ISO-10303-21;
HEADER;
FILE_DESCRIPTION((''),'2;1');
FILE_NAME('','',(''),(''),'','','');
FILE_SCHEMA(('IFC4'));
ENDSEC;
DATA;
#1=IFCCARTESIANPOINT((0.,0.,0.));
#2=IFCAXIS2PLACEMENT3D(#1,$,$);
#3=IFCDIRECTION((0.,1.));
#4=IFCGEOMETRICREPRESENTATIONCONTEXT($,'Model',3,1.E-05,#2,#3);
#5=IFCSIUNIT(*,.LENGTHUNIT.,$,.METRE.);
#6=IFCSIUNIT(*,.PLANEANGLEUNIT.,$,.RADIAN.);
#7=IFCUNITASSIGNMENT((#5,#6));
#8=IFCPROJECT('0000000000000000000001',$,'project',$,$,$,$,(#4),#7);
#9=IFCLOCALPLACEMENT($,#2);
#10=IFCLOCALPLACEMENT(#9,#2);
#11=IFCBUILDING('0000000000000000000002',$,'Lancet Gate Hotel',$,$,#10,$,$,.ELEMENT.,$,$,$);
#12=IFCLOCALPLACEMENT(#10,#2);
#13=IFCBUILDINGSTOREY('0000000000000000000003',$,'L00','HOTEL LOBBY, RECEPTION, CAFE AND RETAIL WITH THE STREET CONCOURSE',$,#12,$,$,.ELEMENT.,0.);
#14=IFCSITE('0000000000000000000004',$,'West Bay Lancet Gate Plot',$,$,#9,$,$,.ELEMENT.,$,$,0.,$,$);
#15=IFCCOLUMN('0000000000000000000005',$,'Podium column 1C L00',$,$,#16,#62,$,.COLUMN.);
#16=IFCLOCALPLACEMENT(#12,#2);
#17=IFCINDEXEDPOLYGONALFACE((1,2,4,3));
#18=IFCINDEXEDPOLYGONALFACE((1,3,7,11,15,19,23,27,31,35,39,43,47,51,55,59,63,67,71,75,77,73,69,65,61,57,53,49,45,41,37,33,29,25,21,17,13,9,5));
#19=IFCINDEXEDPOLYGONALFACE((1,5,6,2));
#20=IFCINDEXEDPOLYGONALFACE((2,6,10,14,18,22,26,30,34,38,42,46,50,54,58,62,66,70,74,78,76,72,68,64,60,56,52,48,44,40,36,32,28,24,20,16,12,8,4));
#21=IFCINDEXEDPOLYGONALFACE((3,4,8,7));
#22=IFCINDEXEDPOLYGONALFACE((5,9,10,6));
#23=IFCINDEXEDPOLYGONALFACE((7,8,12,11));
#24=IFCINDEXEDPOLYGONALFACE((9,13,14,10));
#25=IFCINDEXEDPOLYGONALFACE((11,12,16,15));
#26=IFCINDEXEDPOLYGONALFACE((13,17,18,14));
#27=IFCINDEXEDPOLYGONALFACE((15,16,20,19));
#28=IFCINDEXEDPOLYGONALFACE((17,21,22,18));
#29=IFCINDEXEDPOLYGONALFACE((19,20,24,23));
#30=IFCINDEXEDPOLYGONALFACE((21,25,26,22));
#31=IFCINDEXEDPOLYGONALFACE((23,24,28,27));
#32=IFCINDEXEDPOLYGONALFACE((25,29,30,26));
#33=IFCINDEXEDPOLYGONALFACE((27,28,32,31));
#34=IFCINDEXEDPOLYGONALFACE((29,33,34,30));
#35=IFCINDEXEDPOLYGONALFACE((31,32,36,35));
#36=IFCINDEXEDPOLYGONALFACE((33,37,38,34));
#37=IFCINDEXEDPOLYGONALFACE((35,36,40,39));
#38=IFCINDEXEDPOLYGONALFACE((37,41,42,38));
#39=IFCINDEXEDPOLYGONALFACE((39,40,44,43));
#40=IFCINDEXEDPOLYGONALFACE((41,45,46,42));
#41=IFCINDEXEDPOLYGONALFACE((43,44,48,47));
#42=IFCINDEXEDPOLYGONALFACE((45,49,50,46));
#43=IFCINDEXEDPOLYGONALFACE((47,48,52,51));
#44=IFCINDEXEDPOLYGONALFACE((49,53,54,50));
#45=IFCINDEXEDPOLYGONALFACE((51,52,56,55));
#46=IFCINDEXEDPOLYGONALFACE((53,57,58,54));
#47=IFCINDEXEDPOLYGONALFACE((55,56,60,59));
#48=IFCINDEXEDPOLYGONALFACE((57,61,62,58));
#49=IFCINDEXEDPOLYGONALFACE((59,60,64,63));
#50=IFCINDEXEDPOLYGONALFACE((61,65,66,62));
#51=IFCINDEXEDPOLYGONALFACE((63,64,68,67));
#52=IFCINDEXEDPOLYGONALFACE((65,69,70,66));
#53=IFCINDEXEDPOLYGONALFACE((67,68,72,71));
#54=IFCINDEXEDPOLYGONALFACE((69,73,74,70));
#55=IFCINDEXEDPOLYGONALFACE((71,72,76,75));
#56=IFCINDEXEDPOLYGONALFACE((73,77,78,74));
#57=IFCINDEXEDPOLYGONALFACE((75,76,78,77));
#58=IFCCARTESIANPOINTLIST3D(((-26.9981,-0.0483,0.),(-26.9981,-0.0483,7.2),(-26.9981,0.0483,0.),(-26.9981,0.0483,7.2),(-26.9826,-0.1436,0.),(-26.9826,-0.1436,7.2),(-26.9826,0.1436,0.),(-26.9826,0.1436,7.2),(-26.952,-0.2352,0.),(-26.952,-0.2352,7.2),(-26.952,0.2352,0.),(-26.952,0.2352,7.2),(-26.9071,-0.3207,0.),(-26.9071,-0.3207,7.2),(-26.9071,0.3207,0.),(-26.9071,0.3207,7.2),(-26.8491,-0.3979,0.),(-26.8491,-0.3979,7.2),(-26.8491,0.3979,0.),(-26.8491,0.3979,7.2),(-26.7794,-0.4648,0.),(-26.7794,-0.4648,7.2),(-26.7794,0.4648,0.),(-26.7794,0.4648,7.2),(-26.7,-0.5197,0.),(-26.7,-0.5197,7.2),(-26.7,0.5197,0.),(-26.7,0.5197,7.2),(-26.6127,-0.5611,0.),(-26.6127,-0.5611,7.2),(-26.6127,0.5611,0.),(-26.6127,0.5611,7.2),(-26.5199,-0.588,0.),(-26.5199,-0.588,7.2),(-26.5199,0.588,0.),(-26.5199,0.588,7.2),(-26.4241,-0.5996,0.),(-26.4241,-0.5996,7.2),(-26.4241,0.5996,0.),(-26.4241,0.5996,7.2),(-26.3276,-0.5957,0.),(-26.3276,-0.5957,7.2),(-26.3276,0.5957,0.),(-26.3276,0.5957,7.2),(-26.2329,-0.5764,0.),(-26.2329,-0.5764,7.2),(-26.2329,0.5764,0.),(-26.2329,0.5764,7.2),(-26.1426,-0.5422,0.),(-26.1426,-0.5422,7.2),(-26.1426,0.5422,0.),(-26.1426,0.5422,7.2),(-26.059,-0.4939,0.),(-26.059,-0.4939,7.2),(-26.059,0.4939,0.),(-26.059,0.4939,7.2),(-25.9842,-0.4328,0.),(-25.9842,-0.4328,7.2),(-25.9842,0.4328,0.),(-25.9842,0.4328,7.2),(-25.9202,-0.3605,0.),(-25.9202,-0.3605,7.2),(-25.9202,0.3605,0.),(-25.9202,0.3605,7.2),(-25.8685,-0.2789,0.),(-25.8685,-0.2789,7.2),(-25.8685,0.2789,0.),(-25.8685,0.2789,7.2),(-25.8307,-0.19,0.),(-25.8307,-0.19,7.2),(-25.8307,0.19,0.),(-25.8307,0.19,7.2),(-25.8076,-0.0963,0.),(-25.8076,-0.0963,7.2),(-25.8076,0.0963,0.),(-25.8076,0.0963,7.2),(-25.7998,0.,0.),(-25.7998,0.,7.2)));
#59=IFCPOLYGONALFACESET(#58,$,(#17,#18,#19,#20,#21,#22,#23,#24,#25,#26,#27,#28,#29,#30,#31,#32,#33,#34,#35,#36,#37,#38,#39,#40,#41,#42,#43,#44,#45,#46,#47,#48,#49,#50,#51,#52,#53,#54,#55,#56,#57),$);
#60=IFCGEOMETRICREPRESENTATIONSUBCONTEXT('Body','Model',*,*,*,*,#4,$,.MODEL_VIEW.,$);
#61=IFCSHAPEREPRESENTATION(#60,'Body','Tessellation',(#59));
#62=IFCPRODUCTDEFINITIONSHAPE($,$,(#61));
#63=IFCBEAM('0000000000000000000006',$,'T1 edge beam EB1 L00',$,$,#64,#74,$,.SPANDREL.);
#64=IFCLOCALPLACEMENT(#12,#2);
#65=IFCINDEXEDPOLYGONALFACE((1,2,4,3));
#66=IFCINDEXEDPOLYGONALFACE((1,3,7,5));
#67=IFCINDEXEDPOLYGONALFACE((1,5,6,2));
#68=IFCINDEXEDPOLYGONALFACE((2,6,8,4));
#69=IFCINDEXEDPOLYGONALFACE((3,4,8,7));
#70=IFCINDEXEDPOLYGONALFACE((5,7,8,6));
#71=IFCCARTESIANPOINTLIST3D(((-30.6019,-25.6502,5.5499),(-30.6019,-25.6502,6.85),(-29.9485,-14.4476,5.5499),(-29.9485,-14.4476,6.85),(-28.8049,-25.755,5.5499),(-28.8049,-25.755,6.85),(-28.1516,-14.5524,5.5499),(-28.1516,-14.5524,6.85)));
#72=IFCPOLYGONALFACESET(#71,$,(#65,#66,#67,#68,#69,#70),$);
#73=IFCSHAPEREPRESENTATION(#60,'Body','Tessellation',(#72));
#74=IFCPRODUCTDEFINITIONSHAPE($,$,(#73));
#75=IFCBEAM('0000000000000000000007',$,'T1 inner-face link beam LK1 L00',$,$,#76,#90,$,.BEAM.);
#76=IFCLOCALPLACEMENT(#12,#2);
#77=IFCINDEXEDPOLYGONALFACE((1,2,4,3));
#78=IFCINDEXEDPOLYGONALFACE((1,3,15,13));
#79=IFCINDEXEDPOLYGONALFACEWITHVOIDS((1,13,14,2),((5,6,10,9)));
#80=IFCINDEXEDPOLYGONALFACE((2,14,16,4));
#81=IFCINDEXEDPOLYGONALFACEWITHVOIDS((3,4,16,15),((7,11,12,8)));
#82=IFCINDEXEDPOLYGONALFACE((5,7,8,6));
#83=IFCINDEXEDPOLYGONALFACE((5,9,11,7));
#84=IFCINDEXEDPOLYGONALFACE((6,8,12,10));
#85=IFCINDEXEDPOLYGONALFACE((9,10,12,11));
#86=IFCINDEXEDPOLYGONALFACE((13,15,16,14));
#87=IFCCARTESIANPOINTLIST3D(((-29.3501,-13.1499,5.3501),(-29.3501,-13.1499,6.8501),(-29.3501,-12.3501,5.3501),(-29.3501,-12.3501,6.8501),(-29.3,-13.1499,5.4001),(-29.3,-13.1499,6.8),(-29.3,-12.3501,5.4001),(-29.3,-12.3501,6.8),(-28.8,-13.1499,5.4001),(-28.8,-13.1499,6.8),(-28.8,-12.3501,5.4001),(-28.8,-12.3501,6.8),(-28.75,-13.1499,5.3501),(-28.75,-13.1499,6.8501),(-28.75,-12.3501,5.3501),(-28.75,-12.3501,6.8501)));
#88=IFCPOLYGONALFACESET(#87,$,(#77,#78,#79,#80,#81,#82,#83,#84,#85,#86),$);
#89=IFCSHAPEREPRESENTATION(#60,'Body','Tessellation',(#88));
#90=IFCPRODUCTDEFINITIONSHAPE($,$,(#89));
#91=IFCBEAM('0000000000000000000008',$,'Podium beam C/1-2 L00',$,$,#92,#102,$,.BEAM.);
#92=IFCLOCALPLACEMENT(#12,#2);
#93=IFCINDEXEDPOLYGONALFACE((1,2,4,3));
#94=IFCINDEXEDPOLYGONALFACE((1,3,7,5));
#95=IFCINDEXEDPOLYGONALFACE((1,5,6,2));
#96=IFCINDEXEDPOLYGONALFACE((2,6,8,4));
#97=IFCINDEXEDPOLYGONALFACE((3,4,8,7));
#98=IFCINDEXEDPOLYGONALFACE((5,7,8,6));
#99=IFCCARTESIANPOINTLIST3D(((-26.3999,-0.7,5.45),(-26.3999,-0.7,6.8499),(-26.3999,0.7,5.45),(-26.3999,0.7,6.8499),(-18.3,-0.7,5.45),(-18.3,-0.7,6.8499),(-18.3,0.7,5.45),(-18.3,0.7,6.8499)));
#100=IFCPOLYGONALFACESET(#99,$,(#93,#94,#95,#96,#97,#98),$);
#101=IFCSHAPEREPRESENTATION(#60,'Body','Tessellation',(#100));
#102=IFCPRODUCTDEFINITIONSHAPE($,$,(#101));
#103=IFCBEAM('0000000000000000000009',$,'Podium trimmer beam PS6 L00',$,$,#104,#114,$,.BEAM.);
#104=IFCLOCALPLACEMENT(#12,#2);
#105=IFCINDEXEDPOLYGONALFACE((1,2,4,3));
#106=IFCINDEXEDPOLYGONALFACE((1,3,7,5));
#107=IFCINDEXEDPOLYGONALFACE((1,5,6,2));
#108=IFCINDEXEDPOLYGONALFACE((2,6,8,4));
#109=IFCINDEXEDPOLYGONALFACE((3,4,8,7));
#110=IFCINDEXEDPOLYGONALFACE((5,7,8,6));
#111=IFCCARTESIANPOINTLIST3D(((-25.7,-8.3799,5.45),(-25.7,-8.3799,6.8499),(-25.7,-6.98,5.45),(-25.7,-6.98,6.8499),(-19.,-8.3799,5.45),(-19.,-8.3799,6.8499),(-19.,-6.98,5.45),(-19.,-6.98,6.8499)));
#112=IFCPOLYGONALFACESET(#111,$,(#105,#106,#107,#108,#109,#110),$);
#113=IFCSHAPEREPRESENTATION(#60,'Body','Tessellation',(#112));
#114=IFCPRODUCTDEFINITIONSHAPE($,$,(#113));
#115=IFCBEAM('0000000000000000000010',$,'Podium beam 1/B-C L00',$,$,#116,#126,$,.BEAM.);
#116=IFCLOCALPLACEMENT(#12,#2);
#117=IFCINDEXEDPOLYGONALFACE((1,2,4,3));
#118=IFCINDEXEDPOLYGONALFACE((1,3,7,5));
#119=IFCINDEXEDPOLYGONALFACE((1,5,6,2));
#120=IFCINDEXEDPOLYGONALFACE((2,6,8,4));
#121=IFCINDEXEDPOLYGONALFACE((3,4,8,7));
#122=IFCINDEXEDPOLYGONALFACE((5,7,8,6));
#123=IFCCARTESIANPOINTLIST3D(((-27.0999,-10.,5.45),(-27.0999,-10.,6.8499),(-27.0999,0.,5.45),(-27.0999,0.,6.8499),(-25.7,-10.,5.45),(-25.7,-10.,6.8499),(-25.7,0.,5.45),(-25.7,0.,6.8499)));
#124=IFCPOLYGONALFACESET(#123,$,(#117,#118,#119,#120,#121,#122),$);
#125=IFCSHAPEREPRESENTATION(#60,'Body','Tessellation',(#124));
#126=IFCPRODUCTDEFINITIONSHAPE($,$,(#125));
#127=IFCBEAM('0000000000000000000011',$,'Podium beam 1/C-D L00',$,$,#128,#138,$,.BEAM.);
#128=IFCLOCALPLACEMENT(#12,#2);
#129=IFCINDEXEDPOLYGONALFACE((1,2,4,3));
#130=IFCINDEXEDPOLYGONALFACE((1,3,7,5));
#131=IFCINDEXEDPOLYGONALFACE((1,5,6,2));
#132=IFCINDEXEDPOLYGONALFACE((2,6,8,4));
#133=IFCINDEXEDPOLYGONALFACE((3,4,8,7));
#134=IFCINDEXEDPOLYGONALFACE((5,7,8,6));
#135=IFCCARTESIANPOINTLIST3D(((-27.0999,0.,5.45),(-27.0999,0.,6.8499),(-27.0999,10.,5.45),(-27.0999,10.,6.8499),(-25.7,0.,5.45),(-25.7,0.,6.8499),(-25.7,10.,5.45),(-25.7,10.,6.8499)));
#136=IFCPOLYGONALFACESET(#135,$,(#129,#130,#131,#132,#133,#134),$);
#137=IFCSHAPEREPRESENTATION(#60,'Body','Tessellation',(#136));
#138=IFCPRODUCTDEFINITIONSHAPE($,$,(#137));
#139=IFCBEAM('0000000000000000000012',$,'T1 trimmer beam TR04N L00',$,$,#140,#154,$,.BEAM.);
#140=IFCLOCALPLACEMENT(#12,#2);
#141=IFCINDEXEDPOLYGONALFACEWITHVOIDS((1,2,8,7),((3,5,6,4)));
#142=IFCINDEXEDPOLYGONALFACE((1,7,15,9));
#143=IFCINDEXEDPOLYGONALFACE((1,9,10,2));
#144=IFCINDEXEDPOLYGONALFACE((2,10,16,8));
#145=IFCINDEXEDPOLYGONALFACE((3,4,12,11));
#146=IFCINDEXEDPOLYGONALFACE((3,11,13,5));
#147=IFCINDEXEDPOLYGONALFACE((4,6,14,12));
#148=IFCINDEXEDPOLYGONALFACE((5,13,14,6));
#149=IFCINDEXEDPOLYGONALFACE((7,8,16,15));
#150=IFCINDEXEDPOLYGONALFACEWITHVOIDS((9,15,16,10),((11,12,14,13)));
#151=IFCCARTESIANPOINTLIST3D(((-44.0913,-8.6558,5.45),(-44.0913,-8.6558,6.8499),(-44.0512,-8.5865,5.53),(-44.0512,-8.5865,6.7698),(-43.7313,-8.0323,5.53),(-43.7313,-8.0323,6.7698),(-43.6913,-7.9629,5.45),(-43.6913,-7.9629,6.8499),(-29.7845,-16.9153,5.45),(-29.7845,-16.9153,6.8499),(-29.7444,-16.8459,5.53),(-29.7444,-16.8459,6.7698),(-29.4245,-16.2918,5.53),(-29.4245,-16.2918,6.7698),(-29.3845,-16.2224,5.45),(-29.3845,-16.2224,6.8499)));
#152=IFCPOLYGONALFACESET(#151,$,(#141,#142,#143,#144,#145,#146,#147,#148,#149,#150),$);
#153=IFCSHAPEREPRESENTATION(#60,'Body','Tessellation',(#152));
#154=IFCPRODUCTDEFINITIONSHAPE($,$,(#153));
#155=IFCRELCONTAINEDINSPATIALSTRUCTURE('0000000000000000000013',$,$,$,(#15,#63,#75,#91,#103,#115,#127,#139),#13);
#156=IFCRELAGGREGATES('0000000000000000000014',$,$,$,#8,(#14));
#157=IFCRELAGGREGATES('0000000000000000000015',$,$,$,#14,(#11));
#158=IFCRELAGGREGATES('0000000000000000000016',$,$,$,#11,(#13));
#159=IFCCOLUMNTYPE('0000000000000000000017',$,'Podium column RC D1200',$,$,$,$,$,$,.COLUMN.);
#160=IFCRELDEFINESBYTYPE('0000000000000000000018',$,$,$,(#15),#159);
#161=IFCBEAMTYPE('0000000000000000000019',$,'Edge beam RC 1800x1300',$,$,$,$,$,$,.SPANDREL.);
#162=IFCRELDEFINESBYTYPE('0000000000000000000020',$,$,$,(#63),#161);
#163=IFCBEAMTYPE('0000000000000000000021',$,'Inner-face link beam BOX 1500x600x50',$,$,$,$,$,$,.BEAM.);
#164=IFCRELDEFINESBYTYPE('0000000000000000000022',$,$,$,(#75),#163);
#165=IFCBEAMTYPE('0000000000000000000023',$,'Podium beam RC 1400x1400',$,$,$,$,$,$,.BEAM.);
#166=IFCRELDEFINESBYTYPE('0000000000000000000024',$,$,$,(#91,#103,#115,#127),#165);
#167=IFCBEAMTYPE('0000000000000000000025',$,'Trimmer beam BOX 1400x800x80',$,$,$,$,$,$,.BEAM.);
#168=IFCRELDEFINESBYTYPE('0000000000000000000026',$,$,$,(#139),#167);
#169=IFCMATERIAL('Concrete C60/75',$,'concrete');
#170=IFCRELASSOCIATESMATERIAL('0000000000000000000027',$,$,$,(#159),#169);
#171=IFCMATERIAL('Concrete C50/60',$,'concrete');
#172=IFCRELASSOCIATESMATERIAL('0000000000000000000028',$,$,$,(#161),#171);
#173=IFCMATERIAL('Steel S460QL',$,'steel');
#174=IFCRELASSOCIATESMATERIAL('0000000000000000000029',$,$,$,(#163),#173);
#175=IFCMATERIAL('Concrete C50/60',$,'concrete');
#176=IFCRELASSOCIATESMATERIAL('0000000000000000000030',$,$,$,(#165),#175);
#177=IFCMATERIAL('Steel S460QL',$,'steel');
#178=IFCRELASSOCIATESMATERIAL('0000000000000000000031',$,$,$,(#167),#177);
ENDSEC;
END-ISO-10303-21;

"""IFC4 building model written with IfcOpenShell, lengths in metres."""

from ifc_helpers import new_model, si_unit, direction, frame, origin, origin_2d, place, context, subcontext, project, spatial, rectangle, hollow_rectangle, circle, extrude, material, material_profile, profile_set, type_object, element, save


model = new_model("IFC4")

# Units and contexts
model_context = context("Model", 3, precision=1e-05, world=origin(), true_north=direction((0.0, 1.0)))
body_context = subcontext(model_context, "Body", "Model", "MODEL_VIEW")
ifc_project = project(units=[si_unit("LENGTHUNIT", "METRE"), si_unit("PLANEANGLEUNIT", "RADIAN")], contexts=[model_context])

# Site, building, storey
site_placement = place(None, origin())
site = spatial("IfcSite", under=ifc_project, at=site_placement, Name="West Bay Lancet Gate Plot", CompositionType="ELEMENT", RefElevation=0.0)
building_placement = place(site_placement, origin())
building = spatial("IfcBuilding", under=site, at=building_placement, Name="Lancet Gate Hotel", CompositionType="ELEMENT")
storey_placement = place(building_placement, origin())
storey = spatial("IfcBuildingStorey", under=building, at=storey_placement, Name="L00", Description="HOTEL LOBBY, RECEPTION, CAFE AND RETAIL WITH THE STREET CONCOURSE", CompositionType="ELEMENT", Elevation=0.0)

# Column
ifc_material_1 = material(Name="Concrete C60/75", Category="concrete")
ifc_material_profile_1 = material_profile(ifc_material_1, circle(Radius=0.6001, at=origin_2d()), Name="RC D1200")
ifc_profile_set_1 = profile_set([ifc_material_profile_1], Name="Concrete C60/75")
column_type_1 = type_object("IfcColumnType", Name="Podium column RC D1200", PredefinedType="COLUMN", material=ifc_profile_set_1)
for number, where, z_axis, x_axis, name in (
    (1, (-26.3999, 0.0, 0.0), (0.0, 0.0, 1.0), (1.0, 0.0, 0.0), "Podium column 1C L00"),
):
    element("IfcColumn", number, at=place(storey_placement, frame(where, z_axis=z_axis, x_axis=x_axis)), inside=storey, type_object=column_type_1, Name=name, PredefinedType="COLUMN", context=body_context, shape_type="SweptSolid", body=[
        extrude(circle(Radius=0.6001, at=origin_2d()), origin(), (0.0, 0.0, 1.0), 7.2),
    ])

# Beams
ifc_material_2 = material(Name="Concrete C50/60", Category="concrete")
ifc_material_profile_2 = material_profile(ifc_material_2, rectangle(XDim=1.8, YDim=1.3, at=origin_2d()), Name="RC 1800x1300")
ifc_profile_set_2 = profile_set([ifc_material_profile_2], Name="Concrete C50/60")
beam_type_1 = type_object("IfcBeamType", Name="Edge beam RC 1800x1300", PredefinedType="SPANDREL", material=ifc_profile_set_2)
beam_1_placement = place(storey_placement, frame((-29.05, -14.5, 6.2), z_axis=(-0.05822, -0.998304, 0.0), x_axis=(0.998304, -0.05822, 0.0)))
element("IfcBeam", 2, at=beam_1_placement, inside=storey, type_object=beam_type_1, Name="T1 edge beam EB1 L00", PredefinedType="SPANDREL", context=body_context, shape_type="SweptSolid", body=[
    extrude(rectangle(XDim=1.8, YDim=1.3, at=origin_2d()), origin(), (0.0, 0.0, 1.0), 11.2217),
])
ifc_material_3 = material(Name="Steel S460QL", Category="steel")
ifc_material_profile_3 = material_profile(ifc_material_3, hollow_rectangle(XDim=0.6001, YDim=1.5, WallThickness=0.05, at=origin_2d()), Name="BOX 1500x600x50")
ifc_profile_set_3 = profile_set([ifc_material_profile_3], Name="Steel S460QL")
beam_type_2 = type_object("IfcBeamType", Name="Inner-face link beam BOX 1500x600x50", PredefinedType="BEAM", material=ifc_profile_set_3)
beam_2_placement = place(storey_placement, frame((-29.05, -12.3501, 6.1001), z_axis=(0.0, -1.0, 0.0), x_axis=(1.0, 0.0, 0.0)))
element("IfcBeam", 3, at=beam_2_placement, inside=storey, type_object=beam_type_2, Name="T1 inner-face link beam LK1 L00", PredefinedType="BEAM", context=body_context, shape_type="SweptSolid", body=[
    extrude(hollow_rectangle(XDim=0.6001, YDim=1.5, WallThickness=0.05, at=origin_2d()), origin(), (0.0, 0.0, 1.0), 0.7998),
])
ifc_material_4 = material(Name="Concrete C50/60", Category="concrete")
ifc_material_profile_4 = material_profile(ifc_material_4, rectangle(XDim=1.3999, YDim=1.3999, at=origin_2d()), Name="RC 1400x1400")
ifc_profile_set_4 = profile_set([ifc_material_profile_4], Name="Concrete C50/60")
beam_type_3 = type_object("IfcBeamType", Name="Podium beam RC 1400x1400", PredefinedType="BEAM", material=ifc_profile_set_4)
beam_3_placement = place(storey_placement, frame((-26.3999, 0.0, 6.1499), z_axis=(1.0, 0.0, 0.0), x_axis=(0.0, 1.0, 0.0)))
element("IfcBeam", 4, at=beam_3_placement, inside=storey, type_object=beam_type_3, Name="Podium beam C/1-2 L00", PredefinedType="BEAM", context=body_context, shape_type="SweptSolid", body=[
    extrude(rectangle(XDim=1.3999, YDim=1.3999, at=origin_2d()), origin(), (0.0, 0.0, 1.0), 8.0999),
])
beam_4_placement = place(storey_placement, frame((-25.7, -7.6799, 6.1499), z_axis=(1.0, 0.0, 0.0), x_axis=(0.0, 1.0, 0.0)))
element("IfcBeam", 5, at=beam_4_placement, inside=storey, type_object=beam_type_3, Name="Podium trimmer beam PS6 L00", PredefinedType="BEAM", context=body_context, shape_type="SweptSolid", body=[
    extrude(rectangle(XDim=1.3999, YDim=1.3999, at=origin_2d()), origin(), (0.0, 0.0, 1.0), 6.7),
])
for number, where, z_axis, x_axis, name in (
    (6, (-26.3999, -10.0, 6.1499), (0.0, 1.0, 0.0), (-1.0, 0.0, 0.0), "Podium beam 1/B-C L00"),
    (7, (-26.3999, 0.0, 6.1499), (0.0, 1.0, 0.0), (-1.0, 0.0, 0.0), "Podium beam 1/C-D L00"),
):
    element("IfcBeam", number, at=place(storey_placement, frame(where, z_axis=z_axis, x_axis=x_axis)), inside=storey, type_object=beam_type_3, Name=name, PredefinedType="BEAM", context=body_context, shape_type="SweptSolid", body=[
        extrude(rectangle(XDim=1.3999, YDim=1.3999, at=origin_2d()), origin(), (0.0, 0.0, 1.0), 10.0),
    ])
ifc_material_5 = material(Name="Steel S460QL", Category="steel")
ifc_material_profile_5 = material_profile(ifc_material_5, hollow_rectangle(XDim=0.8, YDim=1.3999, WallThickness=0.0801, at=origin_2d()), Name="BOX 1400x800x80")
ifc_profile_set_5 = profile_set([ifc_material_profile_5], Name="Steel S460QL")
beam_type_4 = type_object("IfcBeamType", Name="Trimmer beam BOX 1400x800x80", PredefinedType="BEAM", material=ifc_profile_set_5)
beam_5_placement = place(storey_placement, frame((-29.5845, -16.5688, 6.1499), z_axis=(-0.86604, 0.499974, 0.0), x_axis=(-0.499974, -0.86604, 0.0)))
element("IfcBeam", 8, at=beam_5_placement, inside=storey, type_object=beam_type_4, Name="T1 trimmer beam TR04N L00", PredefinedType="BEAM", context=body_context, shape_type="SweptSolid", body=[
    extrude(hollow_rectangle(XDim=0.8, YDim=1.3999, WallThickness=0.0801, at=origin_2d()), origin(), (0.0, 0.0, 1.0), 16.5198),
])

save(model, "model.ifc")
